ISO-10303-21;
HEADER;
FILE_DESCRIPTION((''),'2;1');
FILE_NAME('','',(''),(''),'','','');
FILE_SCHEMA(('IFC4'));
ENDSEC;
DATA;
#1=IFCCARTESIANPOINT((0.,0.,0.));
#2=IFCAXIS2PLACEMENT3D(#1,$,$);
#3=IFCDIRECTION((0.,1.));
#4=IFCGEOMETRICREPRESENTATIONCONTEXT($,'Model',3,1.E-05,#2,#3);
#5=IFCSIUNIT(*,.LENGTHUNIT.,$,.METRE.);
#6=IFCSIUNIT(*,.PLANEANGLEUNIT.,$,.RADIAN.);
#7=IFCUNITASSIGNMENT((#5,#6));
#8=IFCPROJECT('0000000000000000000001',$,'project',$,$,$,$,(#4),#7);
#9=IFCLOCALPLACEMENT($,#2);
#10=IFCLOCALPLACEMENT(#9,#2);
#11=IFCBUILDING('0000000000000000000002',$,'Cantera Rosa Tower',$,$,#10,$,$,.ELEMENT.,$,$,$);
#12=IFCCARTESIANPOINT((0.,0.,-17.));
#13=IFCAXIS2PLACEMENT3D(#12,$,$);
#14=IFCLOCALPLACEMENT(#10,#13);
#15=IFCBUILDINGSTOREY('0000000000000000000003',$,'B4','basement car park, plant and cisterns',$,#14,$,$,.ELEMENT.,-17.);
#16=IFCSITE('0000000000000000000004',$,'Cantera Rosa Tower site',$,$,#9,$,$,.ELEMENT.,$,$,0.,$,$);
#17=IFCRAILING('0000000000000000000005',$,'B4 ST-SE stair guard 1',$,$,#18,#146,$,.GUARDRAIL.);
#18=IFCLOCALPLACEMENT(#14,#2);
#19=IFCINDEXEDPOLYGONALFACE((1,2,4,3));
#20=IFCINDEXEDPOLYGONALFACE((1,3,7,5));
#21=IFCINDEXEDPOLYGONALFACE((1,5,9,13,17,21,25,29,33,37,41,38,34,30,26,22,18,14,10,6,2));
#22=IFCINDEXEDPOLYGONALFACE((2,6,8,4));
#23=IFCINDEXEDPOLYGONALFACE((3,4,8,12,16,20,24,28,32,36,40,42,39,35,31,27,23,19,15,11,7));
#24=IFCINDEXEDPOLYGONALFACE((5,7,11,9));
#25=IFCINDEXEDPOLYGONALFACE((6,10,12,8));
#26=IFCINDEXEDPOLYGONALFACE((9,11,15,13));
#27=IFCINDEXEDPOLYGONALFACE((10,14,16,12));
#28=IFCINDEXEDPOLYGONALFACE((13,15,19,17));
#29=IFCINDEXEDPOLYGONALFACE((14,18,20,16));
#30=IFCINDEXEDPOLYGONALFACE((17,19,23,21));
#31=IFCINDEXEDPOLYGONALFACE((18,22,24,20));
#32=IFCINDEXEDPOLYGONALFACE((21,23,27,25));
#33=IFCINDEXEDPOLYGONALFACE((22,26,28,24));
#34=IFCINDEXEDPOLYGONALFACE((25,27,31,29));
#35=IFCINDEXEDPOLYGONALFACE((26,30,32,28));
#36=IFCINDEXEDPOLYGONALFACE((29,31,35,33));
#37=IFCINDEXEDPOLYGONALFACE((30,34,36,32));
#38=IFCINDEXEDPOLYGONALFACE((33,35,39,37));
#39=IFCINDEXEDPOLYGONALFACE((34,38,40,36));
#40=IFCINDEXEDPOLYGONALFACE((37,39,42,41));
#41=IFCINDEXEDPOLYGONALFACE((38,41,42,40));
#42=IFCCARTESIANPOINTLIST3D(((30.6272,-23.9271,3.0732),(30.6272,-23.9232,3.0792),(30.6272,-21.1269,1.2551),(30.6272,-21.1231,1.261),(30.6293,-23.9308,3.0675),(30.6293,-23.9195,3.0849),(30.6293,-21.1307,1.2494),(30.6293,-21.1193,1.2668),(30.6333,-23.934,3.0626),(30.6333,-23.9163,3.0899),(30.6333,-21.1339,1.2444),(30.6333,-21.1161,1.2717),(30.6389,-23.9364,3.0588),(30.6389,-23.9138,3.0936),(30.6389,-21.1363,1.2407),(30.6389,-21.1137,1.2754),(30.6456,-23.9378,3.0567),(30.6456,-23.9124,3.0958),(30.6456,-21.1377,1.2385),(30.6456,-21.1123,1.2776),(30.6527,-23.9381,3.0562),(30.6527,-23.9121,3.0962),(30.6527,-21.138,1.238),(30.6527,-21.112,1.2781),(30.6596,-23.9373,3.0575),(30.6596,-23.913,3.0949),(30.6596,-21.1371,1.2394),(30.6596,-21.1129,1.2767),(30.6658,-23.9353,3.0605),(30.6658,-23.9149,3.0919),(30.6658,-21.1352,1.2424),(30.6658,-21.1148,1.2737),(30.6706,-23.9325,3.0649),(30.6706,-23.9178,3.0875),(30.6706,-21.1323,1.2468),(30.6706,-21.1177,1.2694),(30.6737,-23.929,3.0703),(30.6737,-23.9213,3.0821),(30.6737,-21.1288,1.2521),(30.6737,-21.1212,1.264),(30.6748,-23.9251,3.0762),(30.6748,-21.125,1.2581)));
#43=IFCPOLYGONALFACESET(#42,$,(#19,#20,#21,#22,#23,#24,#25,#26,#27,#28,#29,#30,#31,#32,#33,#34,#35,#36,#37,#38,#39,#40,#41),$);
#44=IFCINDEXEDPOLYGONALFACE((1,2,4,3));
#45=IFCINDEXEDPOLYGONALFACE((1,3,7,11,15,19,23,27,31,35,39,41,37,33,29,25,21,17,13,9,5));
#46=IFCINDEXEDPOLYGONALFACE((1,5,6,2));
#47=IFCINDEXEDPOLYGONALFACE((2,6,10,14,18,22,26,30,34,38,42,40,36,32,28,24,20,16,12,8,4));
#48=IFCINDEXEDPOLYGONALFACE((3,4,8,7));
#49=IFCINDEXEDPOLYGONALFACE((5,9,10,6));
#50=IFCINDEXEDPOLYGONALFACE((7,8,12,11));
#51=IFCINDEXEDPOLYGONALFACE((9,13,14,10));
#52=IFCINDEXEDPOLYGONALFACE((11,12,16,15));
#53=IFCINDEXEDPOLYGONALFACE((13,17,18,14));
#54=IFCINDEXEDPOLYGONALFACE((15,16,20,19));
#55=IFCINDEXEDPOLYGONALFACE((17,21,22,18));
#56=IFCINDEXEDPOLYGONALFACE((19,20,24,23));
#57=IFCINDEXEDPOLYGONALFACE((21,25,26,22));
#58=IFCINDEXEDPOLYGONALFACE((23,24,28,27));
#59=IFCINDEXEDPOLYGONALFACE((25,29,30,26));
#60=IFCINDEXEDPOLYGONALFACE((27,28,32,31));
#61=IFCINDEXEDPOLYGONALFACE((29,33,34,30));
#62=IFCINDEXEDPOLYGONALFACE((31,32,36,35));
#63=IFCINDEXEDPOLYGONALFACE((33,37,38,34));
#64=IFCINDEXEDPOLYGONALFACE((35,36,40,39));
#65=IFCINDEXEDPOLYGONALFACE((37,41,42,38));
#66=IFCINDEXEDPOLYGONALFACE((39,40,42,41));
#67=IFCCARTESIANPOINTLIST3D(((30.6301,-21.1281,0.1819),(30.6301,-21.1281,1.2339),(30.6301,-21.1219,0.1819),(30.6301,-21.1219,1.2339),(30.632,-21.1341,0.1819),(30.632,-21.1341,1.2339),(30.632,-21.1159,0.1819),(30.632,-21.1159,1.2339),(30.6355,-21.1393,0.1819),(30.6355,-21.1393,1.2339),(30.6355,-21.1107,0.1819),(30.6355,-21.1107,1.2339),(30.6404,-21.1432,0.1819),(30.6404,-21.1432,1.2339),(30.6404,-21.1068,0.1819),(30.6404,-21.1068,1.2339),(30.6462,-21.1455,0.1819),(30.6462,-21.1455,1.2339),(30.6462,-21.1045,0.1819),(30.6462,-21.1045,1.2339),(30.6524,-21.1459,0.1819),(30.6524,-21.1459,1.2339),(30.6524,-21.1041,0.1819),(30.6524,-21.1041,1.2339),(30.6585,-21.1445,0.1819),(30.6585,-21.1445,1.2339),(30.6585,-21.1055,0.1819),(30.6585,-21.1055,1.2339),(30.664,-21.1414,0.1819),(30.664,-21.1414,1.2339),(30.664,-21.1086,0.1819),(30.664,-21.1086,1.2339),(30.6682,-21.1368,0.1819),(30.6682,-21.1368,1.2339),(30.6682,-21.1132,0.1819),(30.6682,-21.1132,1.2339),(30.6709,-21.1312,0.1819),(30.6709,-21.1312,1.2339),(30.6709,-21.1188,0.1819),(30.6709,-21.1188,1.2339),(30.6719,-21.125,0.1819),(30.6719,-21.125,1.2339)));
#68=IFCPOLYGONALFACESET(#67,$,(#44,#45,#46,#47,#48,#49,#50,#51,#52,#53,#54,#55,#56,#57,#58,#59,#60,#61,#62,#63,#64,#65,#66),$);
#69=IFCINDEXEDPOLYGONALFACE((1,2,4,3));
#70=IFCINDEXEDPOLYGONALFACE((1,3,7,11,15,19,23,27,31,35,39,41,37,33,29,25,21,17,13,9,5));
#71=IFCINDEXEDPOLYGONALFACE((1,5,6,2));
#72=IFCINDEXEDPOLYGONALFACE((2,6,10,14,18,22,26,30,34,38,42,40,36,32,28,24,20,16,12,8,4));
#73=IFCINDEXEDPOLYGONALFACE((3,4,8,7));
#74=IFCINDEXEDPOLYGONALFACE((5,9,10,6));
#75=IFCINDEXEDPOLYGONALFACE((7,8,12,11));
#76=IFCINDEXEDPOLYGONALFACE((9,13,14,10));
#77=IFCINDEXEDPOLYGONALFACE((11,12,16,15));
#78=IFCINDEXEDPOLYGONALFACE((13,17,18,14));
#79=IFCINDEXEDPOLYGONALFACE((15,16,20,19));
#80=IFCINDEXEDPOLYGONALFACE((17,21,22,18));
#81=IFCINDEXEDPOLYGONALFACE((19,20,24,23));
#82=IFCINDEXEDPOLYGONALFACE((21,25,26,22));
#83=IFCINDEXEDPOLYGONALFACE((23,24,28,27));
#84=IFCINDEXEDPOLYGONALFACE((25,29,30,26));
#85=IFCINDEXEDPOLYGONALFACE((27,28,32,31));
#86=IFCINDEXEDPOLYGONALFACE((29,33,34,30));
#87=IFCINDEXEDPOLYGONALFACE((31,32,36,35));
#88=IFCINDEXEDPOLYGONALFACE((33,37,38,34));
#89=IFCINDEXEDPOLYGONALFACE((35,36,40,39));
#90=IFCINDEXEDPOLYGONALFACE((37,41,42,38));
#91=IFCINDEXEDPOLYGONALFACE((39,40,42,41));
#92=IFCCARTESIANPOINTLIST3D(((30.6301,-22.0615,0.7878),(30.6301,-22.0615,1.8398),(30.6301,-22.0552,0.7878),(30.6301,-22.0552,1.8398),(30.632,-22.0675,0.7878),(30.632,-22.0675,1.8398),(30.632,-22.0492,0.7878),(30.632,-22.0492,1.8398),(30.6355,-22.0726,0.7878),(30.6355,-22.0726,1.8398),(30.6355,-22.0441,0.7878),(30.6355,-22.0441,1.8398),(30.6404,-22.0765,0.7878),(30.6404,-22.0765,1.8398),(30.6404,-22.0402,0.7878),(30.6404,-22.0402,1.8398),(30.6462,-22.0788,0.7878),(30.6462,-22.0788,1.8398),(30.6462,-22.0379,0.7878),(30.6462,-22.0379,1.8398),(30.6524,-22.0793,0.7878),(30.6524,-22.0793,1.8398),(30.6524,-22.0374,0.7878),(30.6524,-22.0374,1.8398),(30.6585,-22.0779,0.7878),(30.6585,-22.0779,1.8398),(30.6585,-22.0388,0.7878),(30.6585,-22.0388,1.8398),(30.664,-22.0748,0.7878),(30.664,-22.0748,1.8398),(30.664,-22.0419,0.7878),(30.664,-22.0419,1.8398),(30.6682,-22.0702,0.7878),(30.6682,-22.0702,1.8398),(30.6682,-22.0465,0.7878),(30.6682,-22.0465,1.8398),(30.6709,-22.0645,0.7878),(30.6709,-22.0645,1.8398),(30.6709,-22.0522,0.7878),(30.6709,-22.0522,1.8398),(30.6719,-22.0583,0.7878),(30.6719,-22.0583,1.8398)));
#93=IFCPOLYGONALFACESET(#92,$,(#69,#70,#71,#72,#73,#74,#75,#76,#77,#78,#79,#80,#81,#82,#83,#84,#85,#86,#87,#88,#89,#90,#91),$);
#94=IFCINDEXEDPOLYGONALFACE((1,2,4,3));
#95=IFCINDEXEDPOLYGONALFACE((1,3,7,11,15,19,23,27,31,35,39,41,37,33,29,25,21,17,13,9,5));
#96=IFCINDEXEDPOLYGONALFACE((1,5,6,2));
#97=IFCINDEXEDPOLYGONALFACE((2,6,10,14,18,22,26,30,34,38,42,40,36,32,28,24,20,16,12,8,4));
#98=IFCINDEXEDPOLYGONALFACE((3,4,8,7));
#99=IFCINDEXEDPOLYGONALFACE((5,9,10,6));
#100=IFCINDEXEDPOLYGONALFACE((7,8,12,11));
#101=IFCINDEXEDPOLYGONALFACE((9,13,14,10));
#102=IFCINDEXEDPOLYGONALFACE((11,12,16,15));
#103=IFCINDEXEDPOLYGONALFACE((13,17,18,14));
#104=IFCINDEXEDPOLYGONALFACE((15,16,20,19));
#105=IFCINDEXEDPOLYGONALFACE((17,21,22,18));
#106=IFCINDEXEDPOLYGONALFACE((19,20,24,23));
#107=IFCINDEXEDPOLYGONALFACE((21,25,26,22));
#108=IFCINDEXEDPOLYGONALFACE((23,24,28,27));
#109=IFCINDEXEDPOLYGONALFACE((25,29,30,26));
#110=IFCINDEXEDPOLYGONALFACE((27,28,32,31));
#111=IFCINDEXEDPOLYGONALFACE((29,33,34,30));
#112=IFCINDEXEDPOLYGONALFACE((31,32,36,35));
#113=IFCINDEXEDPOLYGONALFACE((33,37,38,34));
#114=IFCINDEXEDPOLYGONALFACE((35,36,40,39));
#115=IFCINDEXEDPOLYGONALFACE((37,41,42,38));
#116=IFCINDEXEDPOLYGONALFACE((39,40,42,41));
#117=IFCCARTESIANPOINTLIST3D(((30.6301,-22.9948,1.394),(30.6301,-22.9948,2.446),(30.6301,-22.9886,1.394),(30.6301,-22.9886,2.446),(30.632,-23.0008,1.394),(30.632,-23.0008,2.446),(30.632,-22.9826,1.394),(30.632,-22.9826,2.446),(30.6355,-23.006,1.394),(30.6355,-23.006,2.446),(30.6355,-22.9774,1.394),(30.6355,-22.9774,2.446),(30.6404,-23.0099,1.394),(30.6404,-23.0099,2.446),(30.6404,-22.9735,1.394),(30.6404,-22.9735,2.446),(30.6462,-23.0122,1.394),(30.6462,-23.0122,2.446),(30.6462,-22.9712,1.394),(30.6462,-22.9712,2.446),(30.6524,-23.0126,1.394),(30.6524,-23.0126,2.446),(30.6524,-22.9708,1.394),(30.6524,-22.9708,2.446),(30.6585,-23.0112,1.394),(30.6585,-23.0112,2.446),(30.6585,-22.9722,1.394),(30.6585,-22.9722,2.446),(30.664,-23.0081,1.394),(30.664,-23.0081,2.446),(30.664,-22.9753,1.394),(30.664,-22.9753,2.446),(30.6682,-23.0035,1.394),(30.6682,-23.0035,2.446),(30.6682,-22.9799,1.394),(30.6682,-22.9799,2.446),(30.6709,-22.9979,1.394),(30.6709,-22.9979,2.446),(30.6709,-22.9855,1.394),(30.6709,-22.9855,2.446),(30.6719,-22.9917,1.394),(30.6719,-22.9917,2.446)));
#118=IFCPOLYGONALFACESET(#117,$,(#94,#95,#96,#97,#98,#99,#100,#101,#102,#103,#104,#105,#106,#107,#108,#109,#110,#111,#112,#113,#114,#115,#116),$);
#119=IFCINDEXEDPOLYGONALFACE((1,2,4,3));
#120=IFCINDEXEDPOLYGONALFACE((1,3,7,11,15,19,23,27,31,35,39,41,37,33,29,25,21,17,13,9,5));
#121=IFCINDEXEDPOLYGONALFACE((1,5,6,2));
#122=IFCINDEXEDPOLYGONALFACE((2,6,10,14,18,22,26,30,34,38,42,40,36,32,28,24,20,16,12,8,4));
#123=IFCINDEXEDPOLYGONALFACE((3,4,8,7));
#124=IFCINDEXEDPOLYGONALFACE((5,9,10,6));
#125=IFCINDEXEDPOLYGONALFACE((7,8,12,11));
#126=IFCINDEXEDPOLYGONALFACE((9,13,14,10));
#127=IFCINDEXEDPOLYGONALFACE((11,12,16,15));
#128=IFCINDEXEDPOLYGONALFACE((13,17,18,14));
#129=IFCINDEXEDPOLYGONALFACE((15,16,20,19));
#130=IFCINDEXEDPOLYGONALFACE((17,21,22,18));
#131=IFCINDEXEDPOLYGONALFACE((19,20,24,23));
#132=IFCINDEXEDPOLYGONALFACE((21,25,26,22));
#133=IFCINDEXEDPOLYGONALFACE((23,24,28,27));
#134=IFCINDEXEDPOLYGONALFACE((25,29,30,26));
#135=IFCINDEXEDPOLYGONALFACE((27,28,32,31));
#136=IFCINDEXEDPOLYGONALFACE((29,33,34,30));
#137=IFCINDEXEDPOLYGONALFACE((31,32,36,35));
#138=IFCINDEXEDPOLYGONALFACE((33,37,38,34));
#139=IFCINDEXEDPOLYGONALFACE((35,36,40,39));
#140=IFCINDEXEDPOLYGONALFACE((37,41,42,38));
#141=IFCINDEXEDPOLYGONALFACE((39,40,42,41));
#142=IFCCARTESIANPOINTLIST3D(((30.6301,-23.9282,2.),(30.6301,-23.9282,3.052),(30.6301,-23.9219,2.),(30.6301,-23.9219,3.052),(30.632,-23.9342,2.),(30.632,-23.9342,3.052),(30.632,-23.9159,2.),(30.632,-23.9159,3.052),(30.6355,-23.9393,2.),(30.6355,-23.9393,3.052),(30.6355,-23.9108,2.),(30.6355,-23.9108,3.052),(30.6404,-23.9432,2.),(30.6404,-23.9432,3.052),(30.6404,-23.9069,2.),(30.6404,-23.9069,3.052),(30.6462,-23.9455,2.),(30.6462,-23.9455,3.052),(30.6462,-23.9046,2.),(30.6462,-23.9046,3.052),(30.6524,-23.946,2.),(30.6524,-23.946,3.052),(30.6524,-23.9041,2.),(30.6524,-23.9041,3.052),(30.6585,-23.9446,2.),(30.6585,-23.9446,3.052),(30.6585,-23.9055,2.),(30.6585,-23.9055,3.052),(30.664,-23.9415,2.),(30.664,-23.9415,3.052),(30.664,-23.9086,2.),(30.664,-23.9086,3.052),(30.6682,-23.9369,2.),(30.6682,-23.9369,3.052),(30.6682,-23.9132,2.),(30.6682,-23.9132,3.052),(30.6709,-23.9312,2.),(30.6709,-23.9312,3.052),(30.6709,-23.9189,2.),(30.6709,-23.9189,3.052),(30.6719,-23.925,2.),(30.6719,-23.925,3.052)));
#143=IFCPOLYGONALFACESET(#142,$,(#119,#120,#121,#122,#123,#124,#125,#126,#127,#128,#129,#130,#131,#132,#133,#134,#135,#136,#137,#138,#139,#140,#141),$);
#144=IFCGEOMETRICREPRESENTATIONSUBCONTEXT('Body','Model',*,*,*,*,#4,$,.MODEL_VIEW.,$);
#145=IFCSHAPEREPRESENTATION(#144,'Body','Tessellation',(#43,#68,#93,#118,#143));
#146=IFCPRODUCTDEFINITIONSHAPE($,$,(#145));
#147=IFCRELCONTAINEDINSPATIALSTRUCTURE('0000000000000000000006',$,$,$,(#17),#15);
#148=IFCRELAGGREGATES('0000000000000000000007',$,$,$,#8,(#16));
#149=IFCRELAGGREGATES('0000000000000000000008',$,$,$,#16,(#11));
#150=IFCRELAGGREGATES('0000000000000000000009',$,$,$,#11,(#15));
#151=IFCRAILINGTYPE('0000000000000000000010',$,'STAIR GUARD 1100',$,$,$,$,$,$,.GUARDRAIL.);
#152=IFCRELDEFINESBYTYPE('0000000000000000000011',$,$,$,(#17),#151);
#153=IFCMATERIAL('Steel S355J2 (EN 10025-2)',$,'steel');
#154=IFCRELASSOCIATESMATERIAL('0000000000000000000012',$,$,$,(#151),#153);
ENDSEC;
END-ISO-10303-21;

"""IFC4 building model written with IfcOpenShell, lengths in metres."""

from ifc_helpers import new_model, si_unit, direction, frame, origin, origin_2d, place, context, subcontext, project, spatial, circle, extrude, material, type_object, element, save


model = new_model("IFC4")

# Units and contexts
model_context = context("Model", 3, precision=1e-05, world=origin(), true_north=direction((0.0, 1.0)))
body_context = subcontext(model_context, "Body", "Model", "MODEL_VIEW")
ifc_project = project(units=[si_unit("LENGTHUNIT", "METRE"), si_unit("PLANEANGLEUNIT", "RADIAN")], contexts=[model_context])

# Site, building, storey
site_placement = place(None, origin())
site = spatial("IfcSite", under=ifc_project, at=site_placement, Name="Cantera Rosa Tower site", CompositionType="ELEMENT", RefElevation=0.0)
building_placement = place(site_placement, origin())
building = spatial("IfcBuilding", under=site, at=building_placement, Name="Cantera Rosa Tower", CompositionType="ELEMENT")
storey_placement = place(building_placement, frame((0.0, 0.0, -17.0)))
storey = spatial("IfcBuildingStorey", under=building, at=storey_placement, Name="B4", Description="basement car park, plant and cisterns", CompositionType="ELEMENT", Elevation=-17.0)

# Railing
ifc_material_1 = material(Name="Steel S355J2 (EN 10025-2)", Category="steel")
railing_type = type_object("IfcRailingType", Name="STAIR GUARD 1100", PredefinedType="GUARDRAIL", material=ifc_material_1)
railing_1_placement = place(storey_placement, frame((30.6509, -21.125, 0.1819)))
element("IfcRailing", 1, at=railing_1_placement, inside=storey, type_object=railing_type, Name="B4 ST-SE stair guard 1", PredefinedType="GUARDRAIL", context=body_context, shape_type="SweptSolid", body=[
    extrude(circle(Radius=0.0239, at=origin_2d()), frame((0.0, 0.0, 1.0762), z_axis=(0.0, -0.838706, 0.544585), x_axis=(1.0, 0.0, 0.0)), (0.0, 0.0, 1.0), 3.3386),
    extrude(circle(Radius=0.021, at=origin_2d()), origin(), (0.0, 0.0, 1.0), 1.052),
    extrude(circle(Radius=0.021, at=origin_2d()), frame((0.0, -0.9333, 0.606)), (0.0, 0.0, 1.0), 1.052),
    extrude(circle(Radius=0.021, at=origin_2d()), frame((0.0, -1.8667, 1.2122)), (0.0, 0.0, 1.0), 1.052),
    extrude(circle(Radius=0.021, at=origin_2d()), frame((0.0, -2.8, 1.8181)), (0.0, 0.0, 1.0), 1.052),
])

save(model, "model.ifc")
